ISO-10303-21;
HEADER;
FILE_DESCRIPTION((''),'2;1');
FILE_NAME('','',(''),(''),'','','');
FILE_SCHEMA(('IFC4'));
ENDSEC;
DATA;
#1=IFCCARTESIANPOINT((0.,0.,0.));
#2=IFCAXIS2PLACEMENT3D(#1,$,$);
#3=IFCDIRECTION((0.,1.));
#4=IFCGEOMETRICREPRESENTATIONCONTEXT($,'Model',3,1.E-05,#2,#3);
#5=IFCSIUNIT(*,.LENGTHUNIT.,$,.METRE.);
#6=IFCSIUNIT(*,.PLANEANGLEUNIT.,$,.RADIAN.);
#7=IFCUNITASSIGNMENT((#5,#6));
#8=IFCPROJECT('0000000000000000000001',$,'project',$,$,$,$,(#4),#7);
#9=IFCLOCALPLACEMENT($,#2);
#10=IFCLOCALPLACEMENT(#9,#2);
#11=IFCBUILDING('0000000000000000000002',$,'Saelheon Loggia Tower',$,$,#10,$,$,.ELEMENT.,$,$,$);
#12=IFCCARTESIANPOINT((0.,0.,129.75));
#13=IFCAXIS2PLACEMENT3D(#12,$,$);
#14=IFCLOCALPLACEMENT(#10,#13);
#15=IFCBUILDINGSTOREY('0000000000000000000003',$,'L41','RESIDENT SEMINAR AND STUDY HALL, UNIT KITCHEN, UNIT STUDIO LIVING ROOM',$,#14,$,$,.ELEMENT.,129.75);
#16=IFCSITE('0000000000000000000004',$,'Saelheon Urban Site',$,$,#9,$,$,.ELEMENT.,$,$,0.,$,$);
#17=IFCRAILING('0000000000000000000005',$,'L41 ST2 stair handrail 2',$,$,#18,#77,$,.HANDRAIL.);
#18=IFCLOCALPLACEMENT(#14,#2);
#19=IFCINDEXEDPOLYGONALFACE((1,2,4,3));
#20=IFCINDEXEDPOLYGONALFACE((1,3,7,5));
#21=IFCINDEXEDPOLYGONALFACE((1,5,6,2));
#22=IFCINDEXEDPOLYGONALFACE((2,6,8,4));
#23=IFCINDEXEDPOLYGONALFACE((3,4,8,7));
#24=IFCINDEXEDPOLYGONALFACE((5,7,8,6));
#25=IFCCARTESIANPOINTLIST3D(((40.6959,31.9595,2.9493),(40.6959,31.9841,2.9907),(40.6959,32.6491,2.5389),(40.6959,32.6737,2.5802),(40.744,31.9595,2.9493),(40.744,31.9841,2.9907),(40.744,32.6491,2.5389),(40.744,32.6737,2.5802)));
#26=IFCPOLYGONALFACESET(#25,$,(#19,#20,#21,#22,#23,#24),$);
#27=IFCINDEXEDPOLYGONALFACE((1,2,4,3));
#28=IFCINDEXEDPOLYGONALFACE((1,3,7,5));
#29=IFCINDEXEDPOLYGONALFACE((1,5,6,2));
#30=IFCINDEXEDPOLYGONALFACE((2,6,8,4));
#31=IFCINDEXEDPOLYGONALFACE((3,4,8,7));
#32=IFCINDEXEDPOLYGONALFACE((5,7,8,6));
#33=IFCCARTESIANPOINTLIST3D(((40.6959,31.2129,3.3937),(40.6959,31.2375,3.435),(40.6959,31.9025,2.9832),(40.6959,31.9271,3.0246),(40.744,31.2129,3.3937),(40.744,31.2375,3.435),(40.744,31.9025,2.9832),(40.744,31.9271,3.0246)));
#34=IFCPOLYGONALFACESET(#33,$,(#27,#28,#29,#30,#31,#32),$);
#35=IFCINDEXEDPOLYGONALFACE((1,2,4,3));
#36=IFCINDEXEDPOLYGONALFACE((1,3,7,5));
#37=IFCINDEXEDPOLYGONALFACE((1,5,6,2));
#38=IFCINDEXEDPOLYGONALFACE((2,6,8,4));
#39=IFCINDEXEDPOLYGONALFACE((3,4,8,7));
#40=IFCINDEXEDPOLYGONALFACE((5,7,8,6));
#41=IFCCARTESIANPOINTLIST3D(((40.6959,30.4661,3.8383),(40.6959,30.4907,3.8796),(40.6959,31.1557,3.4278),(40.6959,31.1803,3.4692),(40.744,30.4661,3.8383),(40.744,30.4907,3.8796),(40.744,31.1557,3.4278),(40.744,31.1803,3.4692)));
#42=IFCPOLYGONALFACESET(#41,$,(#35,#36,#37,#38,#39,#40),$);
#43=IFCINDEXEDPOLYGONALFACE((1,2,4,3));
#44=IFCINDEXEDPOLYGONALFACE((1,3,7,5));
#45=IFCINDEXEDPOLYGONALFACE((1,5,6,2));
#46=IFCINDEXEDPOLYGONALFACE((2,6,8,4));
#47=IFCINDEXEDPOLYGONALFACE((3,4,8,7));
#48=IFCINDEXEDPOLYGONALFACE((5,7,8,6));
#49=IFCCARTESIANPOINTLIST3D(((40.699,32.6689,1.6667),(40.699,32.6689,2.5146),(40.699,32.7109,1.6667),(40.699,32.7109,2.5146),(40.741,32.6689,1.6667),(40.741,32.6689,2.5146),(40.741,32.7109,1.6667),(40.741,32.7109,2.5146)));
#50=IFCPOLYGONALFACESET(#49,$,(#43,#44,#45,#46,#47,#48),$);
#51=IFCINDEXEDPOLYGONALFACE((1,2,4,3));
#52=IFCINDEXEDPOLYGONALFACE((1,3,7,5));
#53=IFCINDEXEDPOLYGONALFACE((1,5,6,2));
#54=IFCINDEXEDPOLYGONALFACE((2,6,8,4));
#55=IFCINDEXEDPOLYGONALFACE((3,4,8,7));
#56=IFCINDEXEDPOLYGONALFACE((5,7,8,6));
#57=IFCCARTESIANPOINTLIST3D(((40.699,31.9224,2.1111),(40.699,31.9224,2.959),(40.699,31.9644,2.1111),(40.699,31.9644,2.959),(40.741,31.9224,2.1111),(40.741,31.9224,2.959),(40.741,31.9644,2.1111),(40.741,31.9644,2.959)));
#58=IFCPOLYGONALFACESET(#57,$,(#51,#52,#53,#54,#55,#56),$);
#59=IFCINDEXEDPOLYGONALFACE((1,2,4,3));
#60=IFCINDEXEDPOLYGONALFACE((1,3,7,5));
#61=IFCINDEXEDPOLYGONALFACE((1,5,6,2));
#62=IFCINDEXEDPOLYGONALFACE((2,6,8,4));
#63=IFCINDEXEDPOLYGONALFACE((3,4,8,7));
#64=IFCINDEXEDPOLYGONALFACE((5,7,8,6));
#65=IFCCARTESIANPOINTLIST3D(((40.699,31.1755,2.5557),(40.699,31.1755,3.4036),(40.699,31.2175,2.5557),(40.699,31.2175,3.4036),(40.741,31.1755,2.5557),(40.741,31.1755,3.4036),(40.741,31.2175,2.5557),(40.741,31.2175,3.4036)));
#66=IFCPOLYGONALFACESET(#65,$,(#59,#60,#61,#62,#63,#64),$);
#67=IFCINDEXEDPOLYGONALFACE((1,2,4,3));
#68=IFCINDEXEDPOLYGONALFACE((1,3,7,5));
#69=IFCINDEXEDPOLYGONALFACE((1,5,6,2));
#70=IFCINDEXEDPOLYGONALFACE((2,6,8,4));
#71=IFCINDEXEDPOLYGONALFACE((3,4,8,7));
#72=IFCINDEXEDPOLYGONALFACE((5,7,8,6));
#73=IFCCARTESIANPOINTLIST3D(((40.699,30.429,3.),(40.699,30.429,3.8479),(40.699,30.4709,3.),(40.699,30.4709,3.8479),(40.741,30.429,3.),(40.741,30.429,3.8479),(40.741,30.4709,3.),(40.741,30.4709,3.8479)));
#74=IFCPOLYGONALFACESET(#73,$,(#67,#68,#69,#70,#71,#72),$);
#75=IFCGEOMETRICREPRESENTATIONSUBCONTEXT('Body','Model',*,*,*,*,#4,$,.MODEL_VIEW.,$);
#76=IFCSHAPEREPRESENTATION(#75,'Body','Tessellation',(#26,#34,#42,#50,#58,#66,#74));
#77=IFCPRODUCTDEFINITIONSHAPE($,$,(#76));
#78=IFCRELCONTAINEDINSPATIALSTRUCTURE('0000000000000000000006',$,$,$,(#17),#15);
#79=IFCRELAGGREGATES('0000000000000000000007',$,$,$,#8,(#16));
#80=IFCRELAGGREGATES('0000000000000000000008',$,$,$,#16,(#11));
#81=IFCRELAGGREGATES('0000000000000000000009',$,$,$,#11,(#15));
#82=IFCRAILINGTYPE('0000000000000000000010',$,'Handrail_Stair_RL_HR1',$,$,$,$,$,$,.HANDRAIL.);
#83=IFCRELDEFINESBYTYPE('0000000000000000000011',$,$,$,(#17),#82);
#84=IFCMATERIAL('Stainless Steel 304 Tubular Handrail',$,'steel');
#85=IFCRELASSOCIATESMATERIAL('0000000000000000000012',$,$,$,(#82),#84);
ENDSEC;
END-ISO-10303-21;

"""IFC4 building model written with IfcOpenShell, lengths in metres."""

from ifc_helpers import new_model, si_unit, direction, frame, origin, origin_2d, place, context, subcontext, project, spatial, rectangle, extrude, material, type_object, element, save


model = new_model("IFC4")

# Units and contexts
model_context = context("Model", 3, precision=1e-05, world=origin(), true_north=direction((0.0, 1.0)))
body_context = subcontext(model_context, "Body", "Model", "MODEL_VIEW")
ifc_project = project(units=[si_unit("LENGTHUNIT", "METRE"), si_unit("PLANEANGLEUNIT", "RADIAN")], contexts=[model_context])

# Site, building, storey
site_placement = place(None, origin())
site = spatial("IfcSite", under=ifc_project, at=site_placement, Name="Saelheon Urban Site", CompositionType="ELEMENT", RefElevation=0.0)
building_placement = place(site_placement, origin())
building = spatial("IfcBuilding", under=site, at=building_placement, Name="Saelheon Loggia Tower", CompositionType="ELEMENT")
storey_placement = place(building_placement, frame((0.0, 0.0, 129.75)))
storey = spatial("IfcBuildingStorey", under=building, at=storey_placement, Name="L41", Description="RESIDENT SEMINAR AND STUDY HALL, UNIT KITCHEN, UNIT STUDIO LIVING ROOM", CompositionType="ELEMENT", Elevation=129.75)

# Railing
ifc_material_1 = material(Name="Stainless Steel 304 Tubular Handrail", Category="steel")
railing_type_1 = type_object("IfcRailingType", Name="Handrail_Stair_RL_HR1", PredefinedType="HANDRAIL", material=ifc_material_1)
railing_1_placement = place(storey_placement, frame((40.72, 32.6899, 1.6667)))
element("IfcRailing", 1, at=railing_1_placement, inside=storey, type_object=railing_type_1, Name="L41 ST2 stair handrail 2", PredefinedType="HANDRAIL", context=body_context, shape_type="SweptSolid", body=[
    extrude(rectangle(XDim=0.0481, YDim=0.0481, at=origin_2d()), frame((0.0, -0.0286, 0.8928), z_axis=(0.0, -0.859306, 0.511462), x_axis=(1.0, 0.0, 0.0)), (0.0, 0.0, 1.0), 0.8025),
    extrude(rectangle(XDim=0.0481, YDim=0.0481, at=origin_2d()), frame((0.0, -0.7751, 1.3372), z_axis=(0.0, -0.859306, 0.511462), x_axis=(1.0, 0.0, 0.0)), (0.0, 0.0, 1.0), 0.8025),
    extrude(rectangle(XDim=0.0481, YDim=0.0481, at=origin_2d()), frame((0.0, -1.522, 1.7817), z_axis=(0.0, -0.859306, 0.511462), x_axis=(1.0, 0.0, 0.0)), (0.0, 0.0, 1.0), 0.8025),
    extrude(rectangle(XDim=0.042, YDim=0.042, at=origin_2d()), origin(), (0.0, 0.0, 1.0), 0.8479),
    extrude(rectangle(XDim=0.042, YDim=0.042, at=origin_2d()), frame((0.0, -0.7466, 0.4443)), (0.0, 0.0, 1.0), 0.8479),
    extrude(rectangle(XDim=0.042, YDim=0.042, at=origin_2d()), frame((0.0, -1.4934, 0.8889)), (0.0, 0.0, 1.0), 0.8479),
    extrude(rectangle(XDim=0.042, YDim=0.042, at=origin_2d()), frame((0.0, -2.24, 1.3333)), (0.0, 0.0, 1.0), 0.8479),
])

save(model, "model.ifc")
